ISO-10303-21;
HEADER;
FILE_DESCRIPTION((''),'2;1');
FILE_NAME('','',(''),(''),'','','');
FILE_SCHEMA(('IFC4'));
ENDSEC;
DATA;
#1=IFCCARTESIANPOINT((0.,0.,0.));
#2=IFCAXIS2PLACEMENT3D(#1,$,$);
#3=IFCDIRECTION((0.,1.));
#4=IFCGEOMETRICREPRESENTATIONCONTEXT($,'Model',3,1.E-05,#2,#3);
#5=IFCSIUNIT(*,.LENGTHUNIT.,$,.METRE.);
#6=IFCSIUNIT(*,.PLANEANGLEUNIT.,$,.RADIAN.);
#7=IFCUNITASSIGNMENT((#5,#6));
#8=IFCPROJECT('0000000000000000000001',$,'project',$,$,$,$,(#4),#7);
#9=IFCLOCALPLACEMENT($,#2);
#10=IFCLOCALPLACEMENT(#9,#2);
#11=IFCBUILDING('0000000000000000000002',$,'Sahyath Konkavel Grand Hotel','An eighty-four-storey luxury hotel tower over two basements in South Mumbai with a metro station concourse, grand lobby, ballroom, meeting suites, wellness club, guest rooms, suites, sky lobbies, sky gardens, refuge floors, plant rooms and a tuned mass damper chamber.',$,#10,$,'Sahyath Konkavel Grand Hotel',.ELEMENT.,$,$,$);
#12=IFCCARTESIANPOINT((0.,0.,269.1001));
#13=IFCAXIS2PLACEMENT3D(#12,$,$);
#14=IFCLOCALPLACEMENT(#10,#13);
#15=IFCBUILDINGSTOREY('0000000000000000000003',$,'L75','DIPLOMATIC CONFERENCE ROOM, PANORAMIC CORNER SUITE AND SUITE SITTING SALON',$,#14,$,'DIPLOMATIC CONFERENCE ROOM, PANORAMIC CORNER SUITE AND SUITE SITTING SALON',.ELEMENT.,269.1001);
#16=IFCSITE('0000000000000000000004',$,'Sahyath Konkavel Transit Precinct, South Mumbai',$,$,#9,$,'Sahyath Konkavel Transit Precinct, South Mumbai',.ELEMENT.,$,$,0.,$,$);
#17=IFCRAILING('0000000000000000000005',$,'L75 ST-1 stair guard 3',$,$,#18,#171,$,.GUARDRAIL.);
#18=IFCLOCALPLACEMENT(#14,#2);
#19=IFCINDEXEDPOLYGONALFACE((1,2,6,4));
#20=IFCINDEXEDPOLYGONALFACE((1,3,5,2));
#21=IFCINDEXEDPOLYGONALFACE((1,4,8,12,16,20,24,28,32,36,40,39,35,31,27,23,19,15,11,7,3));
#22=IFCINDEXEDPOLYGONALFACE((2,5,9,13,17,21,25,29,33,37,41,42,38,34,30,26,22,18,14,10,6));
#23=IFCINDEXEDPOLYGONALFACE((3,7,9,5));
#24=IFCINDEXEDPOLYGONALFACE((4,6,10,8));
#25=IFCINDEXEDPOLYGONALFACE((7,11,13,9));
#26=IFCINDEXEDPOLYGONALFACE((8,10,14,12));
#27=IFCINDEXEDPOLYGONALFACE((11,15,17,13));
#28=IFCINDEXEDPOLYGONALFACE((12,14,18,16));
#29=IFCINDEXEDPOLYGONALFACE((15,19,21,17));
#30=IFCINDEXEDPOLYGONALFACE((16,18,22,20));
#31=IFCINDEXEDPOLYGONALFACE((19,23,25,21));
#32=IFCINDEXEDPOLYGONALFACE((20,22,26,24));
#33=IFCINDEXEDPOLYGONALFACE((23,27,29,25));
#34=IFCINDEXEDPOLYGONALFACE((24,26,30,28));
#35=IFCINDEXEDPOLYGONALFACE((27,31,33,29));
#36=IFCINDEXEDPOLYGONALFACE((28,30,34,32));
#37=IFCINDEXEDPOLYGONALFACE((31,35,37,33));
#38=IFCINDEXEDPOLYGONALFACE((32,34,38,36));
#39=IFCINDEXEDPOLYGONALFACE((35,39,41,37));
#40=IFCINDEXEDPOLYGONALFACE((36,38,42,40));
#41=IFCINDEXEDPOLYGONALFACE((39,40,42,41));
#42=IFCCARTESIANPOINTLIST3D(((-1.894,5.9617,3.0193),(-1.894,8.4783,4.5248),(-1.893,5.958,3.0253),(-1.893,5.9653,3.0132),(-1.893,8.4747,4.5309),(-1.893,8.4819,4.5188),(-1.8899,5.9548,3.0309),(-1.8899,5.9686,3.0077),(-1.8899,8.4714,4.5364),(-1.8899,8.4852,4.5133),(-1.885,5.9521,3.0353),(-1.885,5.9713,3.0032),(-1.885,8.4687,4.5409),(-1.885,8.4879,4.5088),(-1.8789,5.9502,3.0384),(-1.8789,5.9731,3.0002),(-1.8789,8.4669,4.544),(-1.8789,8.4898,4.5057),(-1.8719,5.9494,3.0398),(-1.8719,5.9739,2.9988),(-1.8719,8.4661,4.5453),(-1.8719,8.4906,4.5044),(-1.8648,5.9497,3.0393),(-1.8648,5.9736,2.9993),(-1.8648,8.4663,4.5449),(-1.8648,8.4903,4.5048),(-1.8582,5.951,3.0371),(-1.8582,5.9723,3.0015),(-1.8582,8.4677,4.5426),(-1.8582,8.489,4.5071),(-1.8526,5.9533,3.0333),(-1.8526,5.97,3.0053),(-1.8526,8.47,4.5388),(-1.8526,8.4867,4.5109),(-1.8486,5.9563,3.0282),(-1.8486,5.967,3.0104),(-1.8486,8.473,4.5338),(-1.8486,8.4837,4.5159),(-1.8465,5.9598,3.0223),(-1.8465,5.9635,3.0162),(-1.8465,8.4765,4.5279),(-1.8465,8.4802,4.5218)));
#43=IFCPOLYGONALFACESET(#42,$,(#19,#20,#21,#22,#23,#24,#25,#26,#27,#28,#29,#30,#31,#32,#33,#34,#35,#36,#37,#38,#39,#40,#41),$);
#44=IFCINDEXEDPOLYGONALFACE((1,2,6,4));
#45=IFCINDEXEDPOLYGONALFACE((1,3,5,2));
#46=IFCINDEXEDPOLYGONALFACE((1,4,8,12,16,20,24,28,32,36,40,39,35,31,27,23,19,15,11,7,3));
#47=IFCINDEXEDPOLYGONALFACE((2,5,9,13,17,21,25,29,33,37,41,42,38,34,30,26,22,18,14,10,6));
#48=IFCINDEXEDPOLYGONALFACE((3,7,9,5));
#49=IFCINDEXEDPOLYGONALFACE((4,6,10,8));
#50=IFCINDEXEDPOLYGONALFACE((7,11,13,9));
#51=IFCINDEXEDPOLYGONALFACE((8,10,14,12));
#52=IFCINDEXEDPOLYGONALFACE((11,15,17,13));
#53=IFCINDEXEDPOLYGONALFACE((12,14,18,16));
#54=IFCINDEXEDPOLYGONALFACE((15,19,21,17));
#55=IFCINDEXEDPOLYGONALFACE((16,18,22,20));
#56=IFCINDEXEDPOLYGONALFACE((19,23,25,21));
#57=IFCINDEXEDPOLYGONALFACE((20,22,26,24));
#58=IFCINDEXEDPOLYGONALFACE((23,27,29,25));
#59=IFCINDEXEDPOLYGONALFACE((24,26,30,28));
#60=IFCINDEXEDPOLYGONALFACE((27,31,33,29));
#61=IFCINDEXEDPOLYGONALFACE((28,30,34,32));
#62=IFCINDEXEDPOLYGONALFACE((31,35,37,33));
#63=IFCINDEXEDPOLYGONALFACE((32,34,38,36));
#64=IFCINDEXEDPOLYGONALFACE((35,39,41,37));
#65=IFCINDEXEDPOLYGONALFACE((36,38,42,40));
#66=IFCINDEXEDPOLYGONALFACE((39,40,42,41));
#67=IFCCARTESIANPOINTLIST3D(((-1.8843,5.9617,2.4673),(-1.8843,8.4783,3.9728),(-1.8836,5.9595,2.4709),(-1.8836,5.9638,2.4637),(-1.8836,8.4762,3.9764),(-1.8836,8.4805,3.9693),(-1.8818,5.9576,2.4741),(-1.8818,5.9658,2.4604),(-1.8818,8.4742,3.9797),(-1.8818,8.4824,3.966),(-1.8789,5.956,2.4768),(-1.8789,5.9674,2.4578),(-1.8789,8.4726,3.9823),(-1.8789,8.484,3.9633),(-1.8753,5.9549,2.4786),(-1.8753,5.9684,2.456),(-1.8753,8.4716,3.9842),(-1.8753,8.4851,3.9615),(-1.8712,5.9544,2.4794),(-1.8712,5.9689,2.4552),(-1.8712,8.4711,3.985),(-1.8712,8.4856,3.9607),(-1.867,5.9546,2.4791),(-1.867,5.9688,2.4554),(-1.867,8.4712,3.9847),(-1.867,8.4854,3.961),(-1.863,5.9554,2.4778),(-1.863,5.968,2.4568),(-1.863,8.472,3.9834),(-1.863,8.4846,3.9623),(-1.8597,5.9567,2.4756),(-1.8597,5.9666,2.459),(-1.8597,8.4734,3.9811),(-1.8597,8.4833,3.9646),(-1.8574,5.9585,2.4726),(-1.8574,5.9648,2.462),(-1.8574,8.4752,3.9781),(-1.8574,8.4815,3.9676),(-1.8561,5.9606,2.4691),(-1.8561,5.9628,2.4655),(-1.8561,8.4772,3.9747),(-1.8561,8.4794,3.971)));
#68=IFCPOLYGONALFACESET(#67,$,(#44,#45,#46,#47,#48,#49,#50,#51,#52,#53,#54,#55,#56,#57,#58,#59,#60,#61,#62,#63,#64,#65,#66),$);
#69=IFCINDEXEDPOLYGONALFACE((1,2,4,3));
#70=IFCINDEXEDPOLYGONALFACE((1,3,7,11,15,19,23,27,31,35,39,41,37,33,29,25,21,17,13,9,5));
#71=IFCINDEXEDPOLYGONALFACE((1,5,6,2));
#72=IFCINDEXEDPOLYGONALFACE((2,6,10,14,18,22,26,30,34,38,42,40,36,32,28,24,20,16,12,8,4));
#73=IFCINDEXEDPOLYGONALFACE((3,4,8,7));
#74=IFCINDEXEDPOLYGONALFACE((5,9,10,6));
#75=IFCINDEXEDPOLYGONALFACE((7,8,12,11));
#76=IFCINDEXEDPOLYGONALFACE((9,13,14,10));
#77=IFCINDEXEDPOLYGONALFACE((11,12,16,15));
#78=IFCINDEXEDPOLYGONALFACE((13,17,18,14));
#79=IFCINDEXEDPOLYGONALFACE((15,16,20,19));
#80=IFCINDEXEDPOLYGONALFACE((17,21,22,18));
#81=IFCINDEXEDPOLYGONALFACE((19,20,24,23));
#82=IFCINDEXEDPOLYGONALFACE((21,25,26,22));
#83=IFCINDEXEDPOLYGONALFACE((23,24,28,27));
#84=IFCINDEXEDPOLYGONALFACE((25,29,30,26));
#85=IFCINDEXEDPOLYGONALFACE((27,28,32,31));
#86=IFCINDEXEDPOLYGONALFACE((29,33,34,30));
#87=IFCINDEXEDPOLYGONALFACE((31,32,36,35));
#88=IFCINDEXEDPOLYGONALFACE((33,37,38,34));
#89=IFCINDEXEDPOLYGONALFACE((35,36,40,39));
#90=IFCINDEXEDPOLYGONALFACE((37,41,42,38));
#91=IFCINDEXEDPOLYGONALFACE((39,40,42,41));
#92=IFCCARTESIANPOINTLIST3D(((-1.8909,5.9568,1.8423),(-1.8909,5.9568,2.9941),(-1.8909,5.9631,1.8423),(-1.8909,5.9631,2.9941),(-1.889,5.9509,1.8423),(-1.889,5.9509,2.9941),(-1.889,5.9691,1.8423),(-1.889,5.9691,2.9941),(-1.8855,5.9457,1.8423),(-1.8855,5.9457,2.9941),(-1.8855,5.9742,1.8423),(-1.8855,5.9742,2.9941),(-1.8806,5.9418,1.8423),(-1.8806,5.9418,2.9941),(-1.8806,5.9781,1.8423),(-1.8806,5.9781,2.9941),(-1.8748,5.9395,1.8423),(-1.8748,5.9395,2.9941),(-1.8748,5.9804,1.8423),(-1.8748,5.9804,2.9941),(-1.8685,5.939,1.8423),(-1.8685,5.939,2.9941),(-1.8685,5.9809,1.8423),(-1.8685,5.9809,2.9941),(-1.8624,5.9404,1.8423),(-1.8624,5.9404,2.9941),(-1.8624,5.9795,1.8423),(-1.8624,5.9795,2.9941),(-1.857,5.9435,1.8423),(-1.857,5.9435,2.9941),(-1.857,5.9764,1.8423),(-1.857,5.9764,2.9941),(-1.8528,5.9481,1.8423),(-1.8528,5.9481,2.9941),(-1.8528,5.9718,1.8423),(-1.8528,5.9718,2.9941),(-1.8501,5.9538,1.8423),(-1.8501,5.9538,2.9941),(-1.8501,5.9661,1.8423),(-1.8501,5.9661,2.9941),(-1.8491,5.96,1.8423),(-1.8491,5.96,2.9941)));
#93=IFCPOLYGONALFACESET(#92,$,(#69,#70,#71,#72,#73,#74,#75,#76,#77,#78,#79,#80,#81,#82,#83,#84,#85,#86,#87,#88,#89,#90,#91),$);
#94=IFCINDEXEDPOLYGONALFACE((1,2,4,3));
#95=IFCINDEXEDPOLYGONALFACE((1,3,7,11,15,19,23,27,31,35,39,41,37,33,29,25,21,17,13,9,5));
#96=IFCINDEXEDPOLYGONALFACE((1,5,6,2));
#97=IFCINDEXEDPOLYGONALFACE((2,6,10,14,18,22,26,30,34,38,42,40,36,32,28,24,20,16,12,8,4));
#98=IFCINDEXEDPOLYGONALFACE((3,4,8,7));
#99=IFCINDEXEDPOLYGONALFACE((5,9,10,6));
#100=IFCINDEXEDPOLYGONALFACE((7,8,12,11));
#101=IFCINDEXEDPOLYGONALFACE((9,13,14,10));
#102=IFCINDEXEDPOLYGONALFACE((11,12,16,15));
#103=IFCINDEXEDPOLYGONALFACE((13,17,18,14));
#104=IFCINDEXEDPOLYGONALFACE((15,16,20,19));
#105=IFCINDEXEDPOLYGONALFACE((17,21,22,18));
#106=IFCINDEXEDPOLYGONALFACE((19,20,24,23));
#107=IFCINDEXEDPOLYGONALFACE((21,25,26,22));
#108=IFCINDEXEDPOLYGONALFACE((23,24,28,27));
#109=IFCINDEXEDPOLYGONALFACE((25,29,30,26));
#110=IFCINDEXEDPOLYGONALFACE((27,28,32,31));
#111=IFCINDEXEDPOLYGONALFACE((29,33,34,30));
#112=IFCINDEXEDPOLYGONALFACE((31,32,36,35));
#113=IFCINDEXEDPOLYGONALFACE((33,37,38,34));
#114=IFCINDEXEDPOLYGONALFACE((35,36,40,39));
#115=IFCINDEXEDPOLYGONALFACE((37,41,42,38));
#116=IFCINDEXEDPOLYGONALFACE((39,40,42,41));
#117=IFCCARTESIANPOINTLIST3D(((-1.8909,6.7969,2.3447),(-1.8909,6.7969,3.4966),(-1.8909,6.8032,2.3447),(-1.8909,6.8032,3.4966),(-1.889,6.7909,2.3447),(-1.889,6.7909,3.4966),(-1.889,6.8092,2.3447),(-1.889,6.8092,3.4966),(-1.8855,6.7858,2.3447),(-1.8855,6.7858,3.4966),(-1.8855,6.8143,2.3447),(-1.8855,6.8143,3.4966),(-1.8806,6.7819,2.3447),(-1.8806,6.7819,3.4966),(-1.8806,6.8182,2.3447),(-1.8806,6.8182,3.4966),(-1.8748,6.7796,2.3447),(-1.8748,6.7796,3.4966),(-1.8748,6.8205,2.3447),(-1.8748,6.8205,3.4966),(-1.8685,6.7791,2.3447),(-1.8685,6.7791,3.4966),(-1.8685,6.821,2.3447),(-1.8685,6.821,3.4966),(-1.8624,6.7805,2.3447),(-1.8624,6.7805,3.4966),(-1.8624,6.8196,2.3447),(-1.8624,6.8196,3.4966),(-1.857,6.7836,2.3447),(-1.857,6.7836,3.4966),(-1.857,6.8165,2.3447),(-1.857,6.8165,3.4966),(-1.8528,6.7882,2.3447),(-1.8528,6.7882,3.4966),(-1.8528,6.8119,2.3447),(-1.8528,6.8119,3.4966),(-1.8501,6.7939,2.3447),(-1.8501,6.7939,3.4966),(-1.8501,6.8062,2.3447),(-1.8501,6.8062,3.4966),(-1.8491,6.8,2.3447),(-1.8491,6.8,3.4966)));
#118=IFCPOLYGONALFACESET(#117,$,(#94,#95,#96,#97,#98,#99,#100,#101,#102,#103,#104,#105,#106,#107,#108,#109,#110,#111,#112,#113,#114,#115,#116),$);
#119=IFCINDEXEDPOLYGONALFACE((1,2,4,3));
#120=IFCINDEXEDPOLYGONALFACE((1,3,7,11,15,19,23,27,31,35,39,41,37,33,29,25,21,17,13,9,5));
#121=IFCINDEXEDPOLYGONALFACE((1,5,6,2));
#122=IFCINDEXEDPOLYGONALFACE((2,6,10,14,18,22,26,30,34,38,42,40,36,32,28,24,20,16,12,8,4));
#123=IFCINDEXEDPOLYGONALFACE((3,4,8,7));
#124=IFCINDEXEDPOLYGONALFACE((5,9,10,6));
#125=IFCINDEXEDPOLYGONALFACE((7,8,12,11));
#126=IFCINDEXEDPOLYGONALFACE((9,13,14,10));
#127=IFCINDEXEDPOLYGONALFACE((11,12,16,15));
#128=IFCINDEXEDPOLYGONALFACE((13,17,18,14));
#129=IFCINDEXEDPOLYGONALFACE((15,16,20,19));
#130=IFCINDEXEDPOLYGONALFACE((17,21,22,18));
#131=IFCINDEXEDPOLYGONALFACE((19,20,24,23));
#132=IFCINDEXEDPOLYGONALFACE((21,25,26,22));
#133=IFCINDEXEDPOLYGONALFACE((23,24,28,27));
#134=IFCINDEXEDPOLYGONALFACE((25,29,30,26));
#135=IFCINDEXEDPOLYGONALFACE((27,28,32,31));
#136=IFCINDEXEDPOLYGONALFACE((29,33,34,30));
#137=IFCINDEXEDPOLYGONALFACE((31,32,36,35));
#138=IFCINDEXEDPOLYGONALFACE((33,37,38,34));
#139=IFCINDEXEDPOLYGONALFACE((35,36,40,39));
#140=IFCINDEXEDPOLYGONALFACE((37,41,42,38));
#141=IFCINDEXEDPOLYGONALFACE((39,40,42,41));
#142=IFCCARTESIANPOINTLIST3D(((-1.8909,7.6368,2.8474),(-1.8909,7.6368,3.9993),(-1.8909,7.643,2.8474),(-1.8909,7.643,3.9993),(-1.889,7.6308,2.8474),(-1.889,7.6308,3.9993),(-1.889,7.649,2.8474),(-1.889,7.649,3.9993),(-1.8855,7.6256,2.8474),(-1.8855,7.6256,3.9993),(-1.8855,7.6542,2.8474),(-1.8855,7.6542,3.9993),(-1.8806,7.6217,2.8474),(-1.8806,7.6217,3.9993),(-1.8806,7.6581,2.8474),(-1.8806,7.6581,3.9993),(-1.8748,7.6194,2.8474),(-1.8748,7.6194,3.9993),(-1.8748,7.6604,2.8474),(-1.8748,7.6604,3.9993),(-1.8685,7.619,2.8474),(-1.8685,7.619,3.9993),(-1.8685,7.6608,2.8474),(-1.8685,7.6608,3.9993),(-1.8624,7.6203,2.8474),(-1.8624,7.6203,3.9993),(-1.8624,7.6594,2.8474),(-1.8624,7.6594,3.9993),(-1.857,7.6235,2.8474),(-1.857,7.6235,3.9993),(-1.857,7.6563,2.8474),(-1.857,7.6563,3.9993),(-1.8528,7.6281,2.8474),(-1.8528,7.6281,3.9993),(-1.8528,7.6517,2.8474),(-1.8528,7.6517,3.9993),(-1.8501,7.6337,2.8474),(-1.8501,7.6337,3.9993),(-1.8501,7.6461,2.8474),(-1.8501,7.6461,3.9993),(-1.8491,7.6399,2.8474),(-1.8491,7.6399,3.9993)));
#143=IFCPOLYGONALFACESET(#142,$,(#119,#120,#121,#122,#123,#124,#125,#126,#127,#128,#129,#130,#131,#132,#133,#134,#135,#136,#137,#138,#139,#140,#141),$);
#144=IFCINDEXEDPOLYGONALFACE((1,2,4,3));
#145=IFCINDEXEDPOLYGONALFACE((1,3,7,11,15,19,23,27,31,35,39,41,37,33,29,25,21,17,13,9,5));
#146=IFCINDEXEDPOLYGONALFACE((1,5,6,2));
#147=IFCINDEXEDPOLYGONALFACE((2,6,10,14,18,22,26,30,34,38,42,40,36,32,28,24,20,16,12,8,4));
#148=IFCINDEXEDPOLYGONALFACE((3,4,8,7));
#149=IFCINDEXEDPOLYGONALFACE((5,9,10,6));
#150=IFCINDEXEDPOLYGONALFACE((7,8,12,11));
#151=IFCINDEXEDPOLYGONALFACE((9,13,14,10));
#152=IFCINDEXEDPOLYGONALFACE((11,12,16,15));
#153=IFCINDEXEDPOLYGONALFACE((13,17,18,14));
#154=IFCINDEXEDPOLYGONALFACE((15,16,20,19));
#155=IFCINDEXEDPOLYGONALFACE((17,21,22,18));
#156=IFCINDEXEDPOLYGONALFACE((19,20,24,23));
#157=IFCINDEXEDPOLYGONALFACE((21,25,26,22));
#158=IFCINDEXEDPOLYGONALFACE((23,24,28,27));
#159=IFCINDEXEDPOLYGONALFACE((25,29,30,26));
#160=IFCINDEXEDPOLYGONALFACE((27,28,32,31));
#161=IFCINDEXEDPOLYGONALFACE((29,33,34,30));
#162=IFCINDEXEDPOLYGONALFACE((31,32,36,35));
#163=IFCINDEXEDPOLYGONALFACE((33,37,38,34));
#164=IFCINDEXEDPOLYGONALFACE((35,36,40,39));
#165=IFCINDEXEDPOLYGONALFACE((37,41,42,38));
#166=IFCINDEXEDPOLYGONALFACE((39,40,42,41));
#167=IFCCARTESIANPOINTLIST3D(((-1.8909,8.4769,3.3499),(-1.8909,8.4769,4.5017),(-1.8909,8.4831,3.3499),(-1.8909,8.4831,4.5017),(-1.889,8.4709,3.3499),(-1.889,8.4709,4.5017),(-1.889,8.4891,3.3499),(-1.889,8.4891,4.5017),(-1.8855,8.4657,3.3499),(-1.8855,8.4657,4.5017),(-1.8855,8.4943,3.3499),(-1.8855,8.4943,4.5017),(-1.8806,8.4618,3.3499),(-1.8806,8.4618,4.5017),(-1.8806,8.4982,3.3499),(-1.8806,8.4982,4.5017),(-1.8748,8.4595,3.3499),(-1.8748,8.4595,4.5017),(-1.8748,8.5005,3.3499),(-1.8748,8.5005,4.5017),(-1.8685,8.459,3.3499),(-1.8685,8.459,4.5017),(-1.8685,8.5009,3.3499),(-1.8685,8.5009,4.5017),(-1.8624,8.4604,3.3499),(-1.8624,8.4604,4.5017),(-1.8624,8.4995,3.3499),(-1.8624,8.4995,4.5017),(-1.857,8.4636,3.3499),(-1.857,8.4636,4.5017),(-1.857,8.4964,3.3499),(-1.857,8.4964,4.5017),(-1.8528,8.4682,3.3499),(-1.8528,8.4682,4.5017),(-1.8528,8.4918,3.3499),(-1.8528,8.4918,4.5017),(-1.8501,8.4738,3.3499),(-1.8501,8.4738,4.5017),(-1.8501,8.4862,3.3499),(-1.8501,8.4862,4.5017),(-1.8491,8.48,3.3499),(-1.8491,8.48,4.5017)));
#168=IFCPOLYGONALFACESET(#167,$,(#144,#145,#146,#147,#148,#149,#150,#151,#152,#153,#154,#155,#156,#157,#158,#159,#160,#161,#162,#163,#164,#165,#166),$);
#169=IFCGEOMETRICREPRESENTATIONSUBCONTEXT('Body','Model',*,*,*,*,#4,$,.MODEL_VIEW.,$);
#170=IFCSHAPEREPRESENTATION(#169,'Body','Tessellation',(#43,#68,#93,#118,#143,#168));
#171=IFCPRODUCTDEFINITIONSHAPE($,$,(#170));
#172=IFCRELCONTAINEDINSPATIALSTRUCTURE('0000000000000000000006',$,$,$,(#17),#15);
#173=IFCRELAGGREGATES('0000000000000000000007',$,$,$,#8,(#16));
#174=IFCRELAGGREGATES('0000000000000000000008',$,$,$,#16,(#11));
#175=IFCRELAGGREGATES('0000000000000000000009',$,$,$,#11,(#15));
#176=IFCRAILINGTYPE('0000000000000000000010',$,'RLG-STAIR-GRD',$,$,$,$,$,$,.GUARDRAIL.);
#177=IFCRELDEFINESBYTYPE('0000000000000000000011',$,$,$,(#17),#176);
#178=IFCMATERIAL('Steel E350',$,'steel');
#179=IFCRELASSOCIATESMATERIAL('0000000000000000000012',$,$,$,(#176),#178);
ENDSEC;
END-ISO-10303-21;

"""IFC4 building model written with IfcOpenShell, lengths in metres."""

from ifc_helpers import new_model, si_unit, direction, frame, origin, origin_2d, place, context, subcontext, project, spatial, circle, extrude, material, type_object, element, save


model = new_model("IFC4")

# Units and contexts
model_context = context("Model", 3, precision=1e-05, world=origin(), true_north=direction((0.0, 1.0)))
body_context = subcontext(model_context, "Body", "Model", "MODEL_VIEW")
ifc_project = project(units=[si_unit("LENGTHUNIT", "METRE"), si_unit("PLANEANGLEUNIT", "RADIAN")], contexts=[model_context])

# Site, building, storey
site_placement = place(None, origin())
site = spatial("IfcSite", under=ifc_project, at=site_placement, Name="Sahyath Konkavel Transit Precinct, South Mumbai", LongName="Sahyath Konkavel Transit Precinct, South Mumbai", CompositionType="ELEMENT", RefElevation=0.0)
building_placement = place(site_placement, origin())
building = spatial("IfcBuilding", under=site, at=building_placement, Name="Sahyath Konkavel Grand Hotel", Description="An eighty-four-storey luxury hotel tower over two basements in South Mumbai with a metro station concourse, grand lobby, ballroom, meeting suites, wellness club, guest rooms, suites, sky lobbies, sky gardens, refuge floors, plant rooms and a tuned mass damper chamber.", LongName="Sahyath Konkavel Grand Hotel", CompositionType="ELEMENT")
storey_placement = place(building_placement, frame((0.0, 0.0, 269.1001)))
storey = spatial("IfcBuildingStorey", under=building, at=storey_placement, Name="L75", Description="DIPLOMATIC CONFERENCE ROOM, PANORAMIC CORNER SUITE AND SUITE SITTING SALON", LongName="DIPLOMATIC CONFERENCE ROOM, PANORAMIC CORNER SUITE AND SUITE SITTING SALON", CompositionType="ELEMENT", Elevation=269.1001)

# Shared definitions
ifc_material_1 = material(Name="Steel E350", Category="steel")

# Railing
railing_type_1 = type_object("IfcRailingType", Name="RLG-STAIR-GRD", PredefinedType="GUARDRAIL", material=ifc_material_1)
railing_1_placement = place(storey_placement, frame((-1.8701, 5.96, 1.8423)))
element("IfcRailing", 1, at=railing_1_placement, inside=storey, type_object=railing_type_1, Name="L75 ST-1 stair guard 3", PredefinedType="GUARDRAIL", context=body_context, shape_type="SweptSolid", body=[
    extrude(circle(Radius=0.0239, at=origin_2d()), frame((0.0, 0.0017, 1.177), z_axis=(0.0, 0.85816, 0.513383), x_axis=(-1.0, 0.0, 0.0)), (0.0, 0.0, 1.0), 2.9326),
    extrude(circle(Radius=0.0142, at=origin_2d()), frame((0.0, 0.0017, 0.625), z_axis=(0.0, 0.85816, 0.513383), x_axis=(-1.0, 0.0, 0.0)), (0.0, 0.0, 1.0), 2.9326),
    extrude(circle(Radius=0.021, at=origin_2d()), origin(), (0.0, 0.0, 1.0), 1.1519),
    extrude(circle(Radius=0.021, at=origin_2d()), frame((0.0, 0.8401, 0.5024)), (0.0, 0.0, 1.0), 1.1519),
    extrude(circle(Radius=0.021, at=origin_2d()), frame((0.0, 1.6799, 1.0051)), (0.0, 0.0, 1.0), 1.1519),
    extrude(circle(Radius=0.021, at=origin_2d()), frame((0.0, 2.52, 1.5076)), (0.0, 0.0, 1.0), 1.1519),
])

save(model, "model.ifc")
